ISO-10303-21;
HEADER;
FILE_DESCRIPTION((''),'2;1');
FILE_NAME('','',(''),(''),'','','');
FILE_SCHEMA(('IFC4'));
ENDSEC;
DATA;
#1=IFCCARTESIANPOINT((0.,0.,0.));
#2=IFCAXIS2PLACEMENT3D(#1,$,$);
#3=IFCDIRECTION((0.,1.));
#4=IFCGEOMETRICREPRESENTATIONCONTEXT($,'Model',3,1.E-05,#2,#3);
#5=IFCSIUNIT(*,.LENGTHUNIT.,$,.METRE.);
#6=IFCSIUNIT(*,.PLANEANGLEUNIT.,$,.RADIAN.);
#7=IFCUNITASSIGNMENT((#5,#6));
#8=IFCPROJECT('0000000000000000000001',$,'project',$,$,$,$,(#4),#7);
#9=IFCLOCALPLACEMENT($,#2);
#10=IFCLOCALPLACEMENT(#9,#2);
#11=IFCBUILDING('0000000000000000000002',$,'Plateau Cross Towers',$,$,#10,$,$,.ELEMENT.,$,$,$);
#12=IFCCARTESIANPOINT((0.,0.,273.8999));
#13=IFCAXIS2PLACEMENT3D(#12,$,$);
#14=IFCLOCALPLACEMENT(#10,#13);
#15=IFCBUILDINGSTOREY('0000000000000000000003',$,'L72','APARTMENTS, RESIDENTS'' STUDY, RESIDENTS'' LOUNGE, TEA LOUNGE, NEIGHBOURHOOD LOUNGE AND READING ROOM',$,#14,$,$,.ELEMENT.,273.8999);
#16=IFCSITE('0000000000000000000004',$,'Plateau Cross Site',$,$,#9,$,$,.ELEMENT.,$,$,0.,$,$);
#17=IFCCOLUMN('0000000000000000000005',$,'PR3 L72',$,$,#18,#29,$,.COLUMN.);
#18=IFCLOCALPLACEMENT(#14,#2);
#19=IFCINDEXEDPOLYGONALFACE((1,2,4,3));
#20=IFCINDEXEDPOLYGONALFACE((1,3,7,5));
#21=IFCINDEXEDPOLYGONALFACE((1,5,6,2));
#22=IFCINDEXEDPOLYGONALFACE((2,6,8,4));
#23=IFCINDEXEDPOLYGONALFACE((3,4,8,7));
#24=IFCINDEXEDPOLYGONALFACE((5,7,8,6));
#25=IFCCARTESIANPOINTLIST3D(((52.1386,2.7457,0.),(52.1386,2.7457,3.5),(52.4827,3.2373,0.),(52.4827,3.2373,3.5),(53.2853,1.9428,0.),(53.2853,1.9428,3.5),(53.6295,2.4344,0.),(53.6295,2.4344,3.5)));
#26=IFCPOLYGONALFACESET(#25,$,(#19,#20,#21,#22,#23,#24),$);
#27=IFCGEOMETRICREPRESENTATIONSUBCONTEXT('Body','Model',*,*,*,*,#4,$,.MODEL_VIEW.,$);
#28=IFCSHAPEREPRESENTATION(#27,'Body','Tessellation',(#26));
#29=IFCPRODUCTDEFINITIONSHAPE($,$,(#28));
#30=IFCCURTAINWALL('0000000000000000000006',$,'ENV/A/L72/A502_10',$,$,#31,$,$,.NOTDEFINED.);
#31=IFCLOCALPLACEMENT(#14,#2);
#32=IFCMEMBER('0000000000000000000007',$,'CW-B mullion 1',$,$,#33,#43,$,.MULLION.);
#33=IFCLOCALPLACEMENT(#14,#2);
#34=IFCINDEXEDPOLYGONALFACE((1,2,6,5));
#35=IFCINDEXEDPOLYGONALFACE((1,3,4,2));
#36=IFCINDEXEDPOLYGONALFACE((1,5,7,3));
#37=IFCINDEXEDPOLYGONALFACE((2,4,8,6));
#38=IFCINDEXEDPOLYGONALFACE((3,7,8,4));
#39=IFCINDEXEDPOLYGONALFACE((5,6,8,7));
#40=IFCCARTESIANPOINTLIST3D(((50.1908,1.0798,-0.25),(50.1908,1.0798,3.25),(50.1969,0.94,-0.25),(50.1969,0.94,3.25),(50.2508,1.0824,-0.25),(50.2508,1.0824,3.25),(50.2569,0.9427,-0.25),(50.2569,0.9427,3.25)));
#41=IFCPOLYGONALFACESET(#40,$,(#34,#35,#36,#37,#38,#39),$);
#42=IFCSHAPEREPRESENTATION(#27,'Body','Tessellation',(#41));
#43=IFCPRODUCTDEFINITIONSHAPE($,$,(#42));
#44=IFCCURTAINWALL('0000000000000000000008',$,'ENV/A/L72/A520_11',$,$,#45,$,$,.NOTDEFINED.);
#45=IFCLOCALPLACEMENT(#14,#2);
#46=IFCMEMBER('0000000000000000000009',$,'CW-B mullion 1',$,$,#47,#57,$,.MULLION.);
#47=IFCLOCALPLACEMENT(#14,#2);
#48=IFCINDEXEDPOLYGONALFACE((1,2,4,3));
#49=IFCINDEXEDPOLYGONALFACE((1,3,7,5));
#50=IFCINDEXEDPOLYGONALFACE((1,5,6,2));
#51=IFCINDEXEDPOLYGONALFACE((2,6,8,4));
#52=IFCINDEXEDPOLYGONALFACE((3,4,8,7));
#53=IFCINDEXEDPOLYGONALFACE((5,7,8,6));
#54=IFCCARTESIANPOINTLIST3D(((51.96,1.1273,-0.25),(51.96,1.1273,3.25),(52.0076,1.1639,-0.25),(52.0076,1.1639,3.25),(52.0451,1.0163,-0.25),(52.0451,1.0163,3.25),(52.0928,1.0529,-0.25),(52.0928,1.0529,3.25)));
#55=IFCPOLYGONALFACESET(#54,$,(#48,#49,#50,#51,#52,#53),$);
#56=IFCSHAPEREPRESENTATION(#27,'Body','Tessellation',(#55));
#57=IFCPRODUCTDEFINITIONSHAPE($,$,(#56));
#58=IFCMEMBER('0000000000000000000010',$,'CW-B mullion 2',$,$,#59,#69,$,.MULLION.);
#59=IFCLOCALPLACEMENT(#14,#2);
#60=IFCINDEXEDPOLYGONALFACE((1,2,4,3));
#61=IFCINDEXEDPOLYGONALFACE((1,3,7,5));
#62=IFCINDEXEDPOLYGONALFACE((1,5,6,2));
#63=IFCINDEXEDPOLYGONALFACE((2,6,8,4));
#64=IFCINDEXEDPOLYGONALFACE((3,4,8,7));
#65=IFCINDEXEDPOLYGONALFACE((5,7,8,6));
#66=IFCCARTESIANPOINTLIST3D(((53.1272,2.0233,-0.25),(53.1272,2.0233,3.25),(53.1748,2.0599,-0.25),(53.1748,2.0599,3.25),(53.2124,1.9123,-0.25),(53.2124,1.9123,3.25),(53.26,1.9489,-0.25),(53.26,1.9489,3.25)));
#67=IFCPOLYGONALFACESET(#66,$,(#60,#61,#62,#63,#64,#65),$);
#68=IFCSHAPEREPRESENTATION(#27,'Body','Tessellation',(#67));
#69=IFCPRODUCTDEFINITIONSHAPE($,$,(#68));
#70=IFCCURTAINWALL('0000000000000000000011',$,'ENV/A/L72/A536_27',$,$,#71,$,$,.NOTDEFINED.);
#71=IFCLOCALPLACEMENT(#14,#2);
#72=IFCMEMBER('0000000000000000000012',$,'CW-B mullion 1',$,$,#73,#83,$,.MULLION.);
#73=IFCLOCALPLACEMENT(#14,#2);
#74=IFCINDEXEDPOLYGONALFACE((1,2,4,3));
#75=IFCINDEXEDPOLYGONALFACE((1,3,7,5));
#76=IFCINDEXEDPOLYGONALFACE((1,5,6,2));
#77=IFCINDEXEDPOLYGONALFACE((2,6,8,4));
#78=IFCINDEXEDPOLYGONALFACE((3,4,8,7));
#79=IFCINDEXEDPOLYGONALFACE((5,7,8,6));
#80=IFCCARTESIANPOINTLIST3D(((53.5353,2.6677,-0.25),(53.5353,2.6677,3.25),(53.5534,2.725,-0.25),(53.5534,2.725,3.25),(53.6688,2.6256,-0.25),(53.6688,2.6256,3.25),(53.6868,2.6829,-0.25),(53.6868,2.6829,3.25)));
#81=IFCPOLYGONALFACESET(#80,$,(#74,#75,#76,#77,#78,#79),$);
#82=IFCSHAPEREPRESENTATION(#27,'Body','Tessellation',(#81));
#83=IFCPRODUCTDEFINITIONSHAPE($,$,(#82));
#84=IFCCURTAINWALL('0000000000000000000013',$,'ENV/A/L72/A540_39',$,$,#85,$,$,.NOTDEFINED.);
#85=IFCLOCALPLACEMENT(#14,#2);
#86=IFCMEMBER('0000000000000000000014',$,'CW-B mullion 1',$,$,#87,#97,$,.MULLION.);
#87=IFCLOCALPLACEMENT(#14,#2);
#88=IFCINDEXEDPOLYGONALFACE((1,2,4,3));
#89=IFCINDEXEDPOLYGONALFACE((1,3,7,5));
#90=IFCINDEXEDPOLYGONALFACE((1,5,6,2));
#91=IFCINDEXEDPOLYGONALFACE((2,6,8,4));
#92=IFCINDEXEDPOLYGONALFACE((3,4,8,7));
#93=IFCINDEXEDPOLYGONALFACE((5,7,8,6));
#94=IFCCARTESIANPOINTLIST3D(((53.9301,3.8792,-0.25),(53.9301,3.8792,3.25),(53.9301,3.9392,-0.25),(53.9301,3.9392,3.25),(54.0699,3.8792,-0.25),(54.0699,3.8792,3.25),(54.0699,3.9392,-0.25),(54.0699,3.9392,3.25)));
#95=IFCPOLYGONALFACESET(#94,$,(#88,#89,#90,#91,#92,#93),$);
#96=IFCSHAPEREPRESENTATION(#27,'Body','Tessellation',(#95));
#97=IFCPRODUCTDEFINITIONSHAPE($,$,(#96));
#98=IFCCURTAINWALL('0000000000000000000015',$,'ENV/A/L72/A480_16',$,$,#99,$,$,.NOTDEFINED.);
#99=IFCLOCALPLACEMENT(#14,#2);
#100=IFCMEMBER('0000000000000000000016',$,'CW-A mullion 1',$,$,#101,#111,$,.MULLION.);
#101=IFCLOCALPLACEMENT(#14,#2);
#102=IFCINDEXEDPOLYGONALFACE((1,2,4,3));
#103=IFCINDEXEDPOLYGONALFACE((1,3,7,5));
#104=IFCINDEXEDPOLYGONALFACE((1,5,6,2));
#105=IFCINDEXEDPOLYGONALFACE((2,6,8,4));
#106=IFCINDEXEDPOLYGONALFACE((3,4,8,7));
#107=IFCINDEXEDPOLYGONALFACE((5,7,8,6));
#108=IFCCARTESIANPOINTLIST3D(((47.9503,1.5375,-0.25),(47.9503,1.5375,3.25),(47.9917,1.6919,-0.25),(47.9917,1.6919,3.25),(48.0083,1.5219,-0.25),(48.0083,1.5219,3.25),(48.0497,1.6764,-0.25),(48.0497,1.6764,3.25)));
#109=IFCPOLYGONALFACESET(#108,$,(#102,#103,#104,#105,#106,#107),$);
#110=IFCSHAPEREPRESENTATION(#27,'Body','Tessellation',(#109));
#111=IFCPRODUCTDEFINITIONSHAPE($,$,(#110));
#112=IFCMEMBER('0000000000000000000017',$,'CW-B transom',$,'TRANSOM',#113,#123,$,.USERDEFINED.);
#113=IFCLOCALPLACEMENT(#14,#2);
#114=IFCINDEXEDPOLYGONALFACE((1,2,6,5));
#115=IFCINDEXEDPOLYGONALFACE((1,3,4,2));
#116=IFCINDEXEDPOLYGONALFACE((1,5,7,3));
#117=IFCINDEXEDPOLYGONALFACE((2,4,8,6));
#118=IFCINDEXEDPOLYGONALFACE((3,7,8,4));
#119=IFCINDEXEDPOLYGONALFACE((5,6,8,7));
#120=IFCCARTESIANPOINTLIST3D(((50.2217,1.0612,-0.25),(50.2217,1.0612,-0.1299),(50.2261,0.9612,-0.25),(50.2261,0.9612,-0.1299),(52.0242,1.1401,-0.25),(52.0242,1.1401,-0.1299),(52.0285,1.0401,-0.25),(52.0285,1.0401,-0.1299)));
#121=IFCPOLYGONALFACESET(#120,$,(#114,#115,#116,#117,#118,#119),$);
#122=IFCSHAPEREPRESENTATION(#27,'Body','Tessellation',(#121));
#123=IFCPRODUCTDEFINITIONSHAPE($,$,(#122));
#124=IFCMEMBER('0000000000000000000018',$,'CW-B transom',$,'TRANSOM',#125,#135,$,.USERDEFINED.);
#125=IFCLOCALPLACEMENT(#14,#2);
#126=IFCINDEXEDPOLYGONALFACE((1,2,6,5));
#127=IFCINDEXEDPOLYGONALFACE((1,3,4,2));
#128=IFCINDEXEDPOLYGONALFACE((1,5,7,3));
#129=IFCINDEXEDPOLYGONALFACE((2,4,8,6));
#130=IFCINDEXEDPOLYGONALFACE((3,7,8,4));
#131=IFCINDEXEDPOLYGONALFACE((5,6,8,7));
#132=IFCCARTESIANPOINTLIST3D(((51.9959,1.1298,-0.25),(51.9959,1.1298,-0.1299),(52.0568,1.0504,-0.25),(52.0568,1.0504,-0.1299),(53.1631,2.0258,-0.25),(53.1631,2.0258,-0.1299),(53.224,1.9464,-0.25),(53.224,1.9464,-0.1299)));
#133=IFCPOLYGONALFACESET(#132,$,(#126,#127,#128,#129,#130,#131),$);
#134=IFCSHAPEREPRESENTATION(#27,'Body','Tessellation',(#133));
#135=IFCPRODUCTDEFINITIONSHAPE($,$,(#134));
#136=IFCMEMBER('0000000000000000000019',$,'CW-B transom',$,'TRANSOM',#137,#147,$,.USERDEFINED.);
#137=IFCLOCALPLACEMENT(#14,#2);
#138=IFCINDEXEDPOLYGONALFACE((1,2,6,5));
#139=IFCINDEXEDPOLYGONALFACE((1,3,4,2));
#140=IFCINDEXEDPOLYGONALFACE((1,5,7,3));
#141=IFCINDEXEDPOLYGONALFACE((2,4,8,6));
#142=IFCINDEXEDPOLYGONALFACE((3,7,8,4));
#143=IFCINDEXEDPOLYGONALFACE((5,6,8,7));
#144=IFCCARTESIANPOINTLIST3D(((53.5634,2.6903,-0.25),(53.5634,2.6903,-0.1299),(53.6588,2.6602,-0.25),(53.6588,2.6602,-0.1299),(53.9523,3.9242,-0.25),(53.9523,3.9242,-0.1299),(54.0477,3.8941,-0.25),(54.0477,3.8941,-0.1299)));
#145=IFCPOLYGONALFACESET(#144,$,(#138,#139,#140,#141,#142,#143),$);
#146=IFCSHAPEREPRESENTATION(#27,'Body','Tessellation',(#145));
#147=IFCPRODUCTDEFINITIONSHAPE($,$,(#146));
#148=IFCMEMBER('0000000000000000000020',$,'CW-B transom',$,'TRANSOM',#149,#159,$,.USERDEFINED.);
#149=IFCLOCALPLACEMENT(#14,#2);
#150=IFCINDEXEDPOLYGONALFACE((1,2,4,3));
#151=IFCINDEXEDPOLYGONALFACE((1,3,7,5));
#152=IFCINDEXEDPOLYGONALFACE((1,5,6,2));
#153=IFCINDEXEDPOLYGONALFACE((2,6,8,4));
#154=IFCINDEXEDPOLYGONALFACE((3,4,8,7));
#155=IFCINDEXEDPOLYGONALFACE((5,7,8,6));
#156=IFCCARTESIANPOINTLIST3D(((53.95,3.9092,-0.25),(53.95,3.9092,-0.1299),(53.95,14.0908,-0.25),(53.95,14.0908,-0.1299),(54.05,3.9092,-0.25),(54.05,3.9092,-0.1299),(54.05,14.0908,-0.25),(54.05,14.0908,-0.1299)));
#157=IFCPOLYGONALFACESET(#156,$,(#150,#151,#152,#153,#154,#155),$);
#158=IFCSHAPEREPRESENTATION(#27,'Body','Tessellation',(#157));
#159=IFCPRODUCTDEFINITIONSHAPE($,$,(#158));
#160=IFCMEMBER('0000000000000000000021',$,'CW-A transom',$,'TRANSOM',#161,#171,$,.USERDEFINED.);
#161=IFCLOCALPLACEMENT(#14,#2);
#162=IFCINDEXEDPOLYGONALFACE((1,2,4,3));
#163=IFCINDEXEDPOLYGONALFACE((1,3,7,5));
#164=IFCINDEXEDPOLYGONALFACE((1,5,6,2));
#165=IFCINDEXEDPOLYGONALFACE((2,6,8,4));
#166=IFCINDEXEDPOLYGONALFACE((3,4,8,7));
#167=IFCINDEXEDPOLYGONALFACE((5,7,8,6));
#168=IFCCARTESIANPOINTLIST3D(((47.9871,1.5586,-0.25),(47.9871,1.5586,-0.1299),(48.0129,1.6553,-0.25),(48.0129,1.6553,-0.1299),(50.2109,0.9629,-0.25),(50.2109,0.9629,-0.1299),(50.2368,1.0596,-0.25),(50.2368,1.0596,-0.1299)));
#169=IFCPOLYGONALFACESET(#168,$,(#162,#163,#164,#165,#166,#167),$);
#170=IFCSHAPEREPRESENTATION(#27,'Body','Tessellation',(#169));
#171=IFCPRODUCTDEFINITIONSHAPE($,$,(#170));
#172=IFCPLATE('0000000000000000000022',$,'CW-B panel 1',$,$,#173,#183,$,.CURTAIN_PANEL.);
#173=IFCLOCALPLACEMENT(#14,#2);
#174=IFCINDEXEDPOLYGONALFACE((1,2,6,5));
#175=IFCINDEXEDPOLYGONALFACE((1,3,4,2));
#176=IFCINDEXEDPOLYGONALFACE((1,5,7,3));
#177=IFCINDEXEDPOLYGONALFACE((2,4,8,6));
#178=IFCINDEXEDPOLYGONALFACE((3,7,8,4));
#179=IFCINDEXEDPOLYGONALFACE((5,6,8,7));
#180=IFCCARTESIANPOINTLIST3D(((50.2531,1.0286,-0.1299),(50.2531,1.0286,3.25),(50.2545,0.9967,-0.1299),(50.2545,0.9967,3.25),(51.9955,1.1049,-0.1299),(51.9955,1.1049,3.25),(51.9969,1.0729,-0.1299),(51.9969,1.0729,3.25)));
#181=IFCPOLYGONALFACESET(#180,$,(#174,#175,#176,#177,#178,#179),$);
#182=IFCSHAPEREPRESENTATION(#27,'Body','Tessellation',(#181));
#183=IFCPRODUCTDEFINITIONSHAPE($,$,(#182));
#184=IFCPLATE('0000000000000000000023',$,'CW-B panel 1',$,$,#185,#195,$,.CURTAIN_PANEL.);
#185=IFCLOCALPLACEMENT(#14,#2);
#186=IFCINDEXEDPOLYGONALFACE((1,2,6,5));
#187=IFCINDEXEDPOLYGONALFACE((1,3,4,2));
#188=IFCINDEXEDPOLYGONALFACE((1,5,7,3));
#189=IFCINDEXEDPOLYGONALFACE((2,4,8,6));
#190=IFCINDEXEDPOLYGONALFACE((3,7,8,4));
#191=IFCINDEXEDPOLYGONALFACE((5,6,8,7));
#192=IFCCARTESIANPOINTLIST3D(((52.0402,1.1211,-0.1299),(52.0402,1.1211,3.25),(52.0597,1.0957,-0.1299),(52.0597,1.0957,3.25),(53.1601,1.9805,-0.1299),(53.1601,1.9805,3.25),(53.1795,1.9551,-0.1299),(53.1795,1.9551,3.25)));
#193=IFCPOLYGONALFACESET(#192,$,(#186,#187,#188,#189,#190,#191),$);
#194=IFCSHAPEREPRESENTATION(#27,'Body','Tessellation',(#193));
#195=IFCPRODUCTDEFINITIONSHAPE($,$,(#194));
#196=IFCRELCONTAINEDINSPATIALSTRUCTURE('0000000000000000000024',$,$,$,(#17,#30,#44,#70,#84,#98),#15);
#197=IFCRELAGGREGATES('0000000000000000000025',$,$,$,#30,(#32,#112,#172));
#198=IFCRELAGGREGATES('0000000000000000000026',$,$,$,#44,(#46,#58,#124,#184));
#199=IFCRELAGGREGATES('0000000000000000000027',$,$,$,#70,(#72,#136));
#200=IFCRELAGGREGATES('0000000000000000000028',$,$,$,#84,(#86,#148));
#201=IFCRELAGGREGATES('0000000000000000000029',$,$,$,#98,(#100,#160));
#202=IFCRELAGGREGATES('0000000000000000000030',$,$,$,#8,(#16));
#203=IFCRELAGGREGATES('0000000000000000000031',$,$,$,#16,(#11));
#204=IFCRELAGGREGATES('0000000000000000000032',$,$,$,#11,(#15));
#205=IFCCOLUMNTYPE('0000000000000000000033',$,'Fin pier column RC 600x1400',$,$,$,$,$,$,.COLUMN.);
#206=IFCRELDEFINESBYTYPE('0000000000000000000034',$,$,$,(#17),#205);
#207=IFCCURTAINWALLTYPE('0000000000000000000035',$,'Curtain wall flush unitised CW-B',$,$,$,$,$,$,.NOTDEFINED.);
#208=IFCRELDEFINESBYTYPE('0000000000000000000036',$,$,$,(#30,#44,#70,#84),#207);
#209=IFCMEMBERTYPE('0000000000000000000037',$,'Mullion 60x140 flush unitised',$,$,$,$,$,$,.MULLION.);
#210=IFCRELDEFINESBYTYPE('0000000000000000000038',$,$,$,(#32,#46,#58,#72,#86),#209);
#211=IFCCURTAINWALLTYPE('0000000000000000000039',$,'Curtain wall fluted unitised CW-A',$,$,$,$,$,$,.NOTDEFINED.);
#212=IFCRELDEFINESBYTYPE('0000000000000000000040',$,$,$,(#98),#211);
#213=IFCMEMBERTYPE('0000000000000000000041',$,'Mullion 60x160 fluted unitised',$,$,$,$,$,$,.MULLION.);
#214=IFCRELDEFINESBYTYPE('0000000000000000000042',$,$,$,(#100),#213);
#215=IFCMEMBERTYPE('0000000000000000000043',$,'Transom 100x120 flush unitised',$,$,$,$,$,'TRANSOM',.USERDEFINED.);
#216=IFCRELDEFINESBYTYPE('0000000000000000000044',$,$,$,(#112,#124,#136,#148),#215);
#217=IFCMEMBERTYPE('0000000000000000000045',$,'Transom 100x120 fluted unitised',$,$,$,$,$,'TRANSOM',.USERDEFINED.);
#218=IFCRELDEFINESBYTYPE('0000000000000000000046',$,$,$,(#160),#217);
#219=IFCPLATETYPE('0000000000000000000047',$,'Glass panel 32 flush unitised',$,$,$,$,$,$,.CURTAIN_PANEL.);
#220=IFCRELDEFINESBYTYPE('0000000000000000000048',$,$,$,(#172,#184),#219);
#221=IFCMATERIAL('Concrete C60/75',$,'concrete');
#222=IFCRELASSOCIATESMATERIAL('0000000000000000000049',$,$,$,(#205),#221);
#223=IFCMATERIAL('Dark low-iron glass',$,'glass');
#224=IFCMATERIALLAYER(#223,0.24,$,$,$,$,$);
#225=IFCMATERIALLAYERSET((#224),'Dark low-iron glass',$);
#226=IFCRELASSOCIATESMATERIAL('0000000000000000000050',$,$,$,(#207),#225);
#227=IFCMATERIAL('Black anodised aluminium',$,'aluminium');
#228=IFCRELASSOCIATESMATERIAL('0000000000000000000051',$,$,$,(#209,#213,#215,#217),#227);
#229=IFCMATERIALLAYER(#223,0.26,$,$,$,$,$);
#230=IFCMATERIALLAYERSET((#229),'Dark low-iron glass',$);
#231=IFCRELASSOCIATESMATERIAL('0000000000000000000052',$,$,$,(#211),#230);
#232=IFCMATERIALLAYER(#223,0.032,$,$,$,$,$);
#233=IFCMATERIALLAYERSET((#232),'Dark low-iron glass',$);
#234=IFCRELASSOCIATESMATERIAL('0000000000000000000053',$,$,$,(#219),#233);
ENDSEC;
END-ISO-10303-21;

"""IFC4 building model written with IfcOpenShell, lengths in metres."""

from ifc_helpers import new_model, si_unit, direction, frame, origin, origin_2d, place, context, subcontext, project, spatial, rectangle, extrude, material, layer, layer_set, material_profile, profile_set, type_object, element, aggregate, save


model = new_model("IFC4")

# Units and contexts
model_context = context("Model", 3, precision=1e-05, world=origin(), true_north=direction((0.0, 1.0)))
body_context = subcontext(model_context, "Body", "Model", "MODEL_VIEW")
ifc_project = project(units=[si_unit("LENGTHUNIT", "METRE"), si_unit("PLANEANGLEUNIT", "RADIAN")], contexts=[model_context])

# Site, building, storey
site_placement = place(None, origin())
site = spatial("IfcSite", under=ifc_project, at=site_placement, Name="Plateau Cross Site", CompositionType="ELEMENT", RefElevation=0.0)
building_placement = place(site_placement, origin())
building = spatial("IfcBuilding", under=site, at=building_placement, Name="Plateau Cross Towers", CompositionType="ELEMENT")
storey_placement = place(building_placement, frame((0.0, 0.0, 273.8999)))
storey = spatial("IfcBuildingStorey", under=building, at=storey_placement, Name="L72", Description="APARTMENTS, RESIDENTS' STUDY, RESIDENTS' LOUNGE, TEA LOUNGE, NEIGHBOURHOOD LOUNGE AND READING ROOM", CompositionType="ELEMENT", Elevation=273.8999)

# Column
ifc_material_1 = material(Name="Concrete C60/75", Category="concrete")
ifc_material_profile_1 = material_profile(ifc_material_1, rectangle(XDim=0.6001, YDim=1.3999, at=origin_2d()), Name="RC 600x1400")
ifc_profile_set_1 = profile_set([ifc_material_profile_1], Name="Concrete C60/75")
column_type = type_object("IfcColumnType", Name="Fin pier column RC 600x1400", PredefinedType="COLUMN", material=ifc_profile_set_1)
column_placement = place(storey_placement, frame((52.884, 2.5901, 0.0), z_axis=(0.0, 0.0, 1.0), x_axis=(0.573543, 0.819176, 0.0)))
element("IfcColumn", 1, at=column_placement, inside=storey, type_object=column_type, Name="PR3 L72", PredefinedType="COLUMN", context=body_context, shape_type="SweptSolid", body=[
    extrude(rectangle(XDim=0.6001, YDim=1.3999, at=origin_2d()), origin(), (0.0, 0.0, 1.0), 3.5),
])

# Curtain wall, member
ifc_material_2 = material(Name="Dark low-iron glass", Category="glass")
ifc_layer_1 = layer(ifc_material_2, 0.24)
ifc_layer_set_1 = layer_set([ifc_layer_1], Name="Dark low-iron glass")
curtain_wall_type_1 = type_object("IfcCurtainWallType", Name="Curtain wall flush unitised CW-B", PredefinedType="NOTDEFINED", material=ifc_layer_set_1)
curtain_wall_1_placement = place(storey_placement, origin())
curtain_wall_1 = element("IfcCurtainWall", 2, at=curtain_wall_1_placement, inside=storey, type_object=curtain_wall_type_1, Name="ENV/A/L72/A502_10", PredefinedType="NOTDEFINED")
ifc_material_3 = material(Name="Black anodised aluminium", Category="aluminium")
ifc_material_profile_2 = material_profile(ifc_material_3, rectangle(XDim=0.0601, YDim=0.1399, at=origin_2d()), Name="MULLION 60x140")
ifc_profile_set_2 = profile_set([ifc_material_profile_2], Name="Black anodised aluminium")
member_type_1 = type_object("IfcMemberType", Name="Mullion 60x140 flush unitised", PredefinedType="MULLION", material=ifc_profile_set_2)
member_1_placement = place(storey_placement, frame((50.2239, 1.0112, -0.25), z_axis=(0.0, 0.0, 1.0), x_axis=(0.999044, 0.043723, 0.0)))
member_1 = element("IfcMember", 3, at=member_1_placement, type_object=member_type_1, Name="CW-B mullion 1", PredefinedType="MULLION", context=body_context, shape_type="SweptSolid", body=[
    extrude(rectangle(XDim=0.0601, YDim=0.1399, at=origin_2d()), origin(), (0.0, 0.0, 1.0), 3.5),
])

# Curtain wall, members
curtain_wall_2_placement = place(storey_placement, origin())
curtain_wall_2 = element("IfcCurtainWall", 4, at=curtain_wall_2_placement, inside=storey, type_object=curtain_wall_type_1, Name="ENV/A/L72/A520_11", PredefinedType="NOTDEFINED")
member_2_placement = place(storey_placement, frame((52.0264, 1.0901, -0.25), z_axis=(0.0, 0.0, 1.0), x_axis=(0.793316, 0.608811, 0.0)))
member_2 = element("IfcMember", 5, at=member_2_placement, type_object=member_type_1, Name="CW-B mullion 1", PredefinedType="MULLION", context=body_context, shape_type="SweptSolid", body=[
    extrude(rectangle(XDim=0.0601, YDim=0.1399, at=origin_2d()), origin(), (0.0, 0.0, 1.0), 3.5),
])
member_3_placement = place(storey_placement, frame((53.1936, 1.9861, -0.25), z_axis=(0.0, 0.0, 1.0), x_axis=(0.793316, 0.608811, 0.0)))
member_3 = element("IfcMember", 6, at=member_3_placement, type_object=member_type_1, Name="CW-B mullion 2", PredefinedType="MULLION", context=body_context, shape_type="SweptSolid", body=[
    extrude(rectangle(XDim=0.0601, YDim=0.1399, at=origin_2d()), origin(), (0.0, 0.0, 1.0), 3.5),
])

# Curtain walls, members
curtain_wall_3_placement = place(storey_placement, origin())
curtain_wall_3 = element("IfcCurtainWall", 7, at=curtain_wall_3_placement, inside=storey, type_object=curtain_wall_type_1, Name="ENV/A/L72/A536_27", PredefinedType="NOTDEFINED")
member_4_placement = place(storey_placement, frame((53.6111, 2.6753, -0.25), z_axis=(0.0, 0.0, 1.0), x_axis=(0.300686, 0.953723, 0.0)))
member_4 = element("IfcMember", 8, at=member_4_placement, type_object=member_type_1, Name="CW-B mullion 1", PredefinedType="MULLION", context=body_context, shape_type="SweptSolid", body=[
    extrude(rectangle(XDim=0.0601, YDim=0.1399, at=origin_2d()), origin(), (0.0, 0.0, 1.0), 3.5),
])
curtain_wall_4_placement = place(storey_placement, origin())
curtain_wall_4 = element("IfcCurtainWall", 9, at=curtain_wall_4_placement, inside=storey, type_object=curtain_wall_type_1, Name="ENV/A/L72/A540_39", PredefinedType="NOTDEFINED")
member_5_placement = place(storey_placement, frame((54.0, 3.9092, -0.25), z_axis=(0.0, 0.0, 1.0), x_axis=(0.0, 1.0, 0.0)))
member_5 = element("IfcMember", 10, at=member_5_placement, type_object=member_type_1, Name="CW-B mullion 1", PredefinedType="MULLION", context=body_context, shape_type="SweptSolid", body=[
    extrude(rectangle(XDim=0.0601, YDim=0.1399, at=origin_2d()), origin(), (0.0, 0.0, 1.0), 3.5),
])
ifc_layer_2 = layer(ifc_material_2, 0.26)
ifc_layer_set_2 = layer_set([ifc_layer_2], Name="Dark low-iron glass")
curtain_wall_type_2 = type_object("IfcCurtainWallType", Name="Curtain wall fluted unitised CW-A", PredefinedType="NOTDEFINED", material=ifc_layer_set_2)
curtain_wall_5_placement = place(storey_placement, origin())
curtain_wall_5 = element("IfcCurtainWall", 11, at=curtain_wall_5_placement, inside=storey, type_object=curtain_wall_type_2, Name="ENV/A/L72/A480_16", PredefinedType="NOTDEFINED")
ifc_material_profile_3 = material_profile(ifc_material_3, rectangle(XDim=0.0601, YDim=0.1599, at=origin_2d()), Name="MULLION 60x160")
ifc_profile_set_3 = profile_set([ifc_material_profile_3], Name="Black anodised aluminium")
member_type_2 = type_object("IfcMemberType", Name="Mullion 60x160 fluted unitised", PredefinedType="MULLION", material=ifc_profile_set_3)
member_6_placement = place(storey_placement, frame((48.0, 1.6069, -0.25), z_axis=(0.0, 0.0, 1.0), x_axis=(0.965958, -0.258699, 0.0)))
member_6 = element("IfcMember", 12, at=member_6_placement, type_object=member_type_2, Name="CW-A mullion 1", PredefinedType="MULLION", context=body_context, shape_type="SweptSolid", body=[
    extrude(rectangle(XDim=0.0601, YDim=0.1599, at=origin_2d()), origin(), (0.0, 0.0, 1.0), 3.5),
])

# Members
ifc_material_profile_4 = material_profile(ifc_material_3, rectangle(XDim=0.1001, YDim=0.1201, at=origin_2d()), Name="TRANSOM 100x120")
ifc_profile_set_4 = profile_set([ifc_material_profile_4], Name="Black anodised aluminium")
member_type_3 = type_object("IfcMemberType", Name="Transom 100x120 flush unitised", ElementType="TRANSOM", PredefinedType="USERDEFINED", material=ifc_profile_set_4)
member_7_placement = place(storey_placement, frame((50.2239, 1.0112, -0.1899), z_axis=(0.999044, 0.043707, 0.0), x_axis=(-0.043707, 0.999044, 0.0)))
member_7 = element("IfcMember", 13, at=member_7_placement, type_object=member_type_3, Name="CW-B transom", ObjectType="TRANSOM", PredefinedType="USERDEFINED", context=body_context, shape_type="SweptSolid", body=[
    extrude(rectangle(XDim=0.1001, YDim=0.1201, at=origin_2d()), origin(), (0.0, 0.0, 1.0), 1.8042),
])
member_8_placement = place(storey_placement, frame((52.0264, 1.0901, -0.1899), z_axis=(0.79324, 0.608909, 0.0), x_axis=(-0.608909, 0.79324, 0.0)))
member_8 = element("IfcMember", 14, at=member_8_placement, type_object=member_type_3, Name="CW-B transom", ObjectType="TRANSOM", PredefinedType="USERDEFINED", context=body_context, shape_type="SweptSolid", body=[
    extrude(rectangle(XDim=0.1001, YDim=0.1201, at=origin_2d()), origin(), (0.0, 0.0, 1.0), 1.4714),
])
member_9_placement = place(storey_placement, frame((53.6111, 2.6753, -0.1899), z_axis=(0.300617, 0.953745, 0.0), x_axis=(-0.953745, 0.300617, 0.0)))
member_9 = element("IfcMember", 15, at=member_9_placement, type_object=member_type_3, Name="CW-B transom", ObjectType="TRANSOM", PredefinedType="USERDEFINED", context=body_context, shape_type="SweptSolid", body=[
    extrude(rectangle(XDim=0.1001, YDim=0.1201, at=origin_2d()), origin(), (0.0, 0.0, 1.0), 1.2937),
])
member_10_placement = place(storey_placement, frame((54.0, 3.9092, -0.1899), z_axis=(0.0, 1.0, 0.0), x_axis=(-1.0, 0.0, 0.0)))
member_10 = element("IfcMember", 16, at=member_10_placement, type_object=member_type_3, Name="CW-B transom", ObjectType="TRANSOM", PredefinedType="USERDEFINED", context=body_context, shape_type="SweptSolid", body=[
    extrude(rectangle(XDim=0.1001, YDim=0.1201, at=origin_2d()), origin(), (0.0, 0.0, 1.0), 10.1816),
])
ifc_material_profile_5 = material_profile(ifc_material_3, rectangle(XDim=0.1001, YDim=0.1201, at=origin_2d()), Name="TRANSOM 100x120")
ifc_profile_set_5 = profile_set([ifc_material_profile_5], Name="Black anodised aluminium")
member_type_4 = type_object("IfcMemberType", Name="Transom 100x120 fluted unitised", ElementType="TRANSOM", PredefinedType="USERDEFINED", material=ifc_profile_set_5)
member_11_placement = place(storey_placement, frame((48.0, 1.6069, -0.1899), z_axis=(0.965946, -0.258745, 0.0), x_axis=(0.258745, 0.965946, 0.0)))
member_11 = element("IfcMember", 17, at=member_11_placement, type_object=member_type_4, Name="CW-A transom", ObjectType="TRANSOM", PredefinedType="USERDEFINED", context=body_context, shape_type="SweptSolid", body=[
    extrude(rectangle(XDim=0.1001, YDim=0.1201, at=origin_2d()), origin(), (0.0, 0.0, 1.0), 2.3022),
])

# Plates
ifc_layer_3 = layer(ifc_material_2, 0.032)
ifc_layer_set_3 = layer_set([ifc_layer_3], Name="Dark low-iron glass")
plate_type_1 = type_object("IfcPlateType", Name="Glass panel 32 flush unitised", PredefinedType="CURTAIN_PANEL", material=ifc_layer_set_3)
plate_1_placement = place(storey_placement, frame((51.125, 1.0508, -0.1299), z_axis=(0.0, 0.0, 1.0), x_axis=(0.999044, 0.043723, 0.0)))
plate_1 = element("IfcPlate", 18, at=plate_1_placement, type_object=plate_type_1, Name="CW-B panel 1", PredefinedType="CURTAIN_PANEL", context=body_context, shape_type="SweptSolid", body=[
    extrude(rectangle(XDim=1.7441, YDim=0.032, at=origin_2d()), origin(), (0.0, 0.0, 1.0), 3.3799),
])
aggregate(curtain_wall_1, [member_1, member_7, plate_1])
plate_2_placement = place(storey_placement, frame((52.6099, 1.5381, -0.1299), z_axis=(0.0, 0.0, 1.0), x_axis=(0.793316, 0.608811, 0.0)))
plate_2 = element("IfcPlate", 19, at=plate_2_placement, type_object=plate_type_1, Name="CW-B panel 1", PredefinedType="CURTAIN_PANEL", context=body_context, shape_type="SweptSolid", body=[
    extrude(rectangle(XDim=1.4116, YDim=0.032, at=origin_2d()), origin(), (0.0, 0.0, 1.0), 3.3799),
])
aggregate(curtain_wall_2, [member_2, member_3, member_8, plate_2])
aggregate(curtain_wall_3, [member_4, member_9])
aggregate(curtain_wall_4, [member_5, member_10])

aggregate(curtain_wall_5, [member_6, member_11])

save(model, "model.ifc")
